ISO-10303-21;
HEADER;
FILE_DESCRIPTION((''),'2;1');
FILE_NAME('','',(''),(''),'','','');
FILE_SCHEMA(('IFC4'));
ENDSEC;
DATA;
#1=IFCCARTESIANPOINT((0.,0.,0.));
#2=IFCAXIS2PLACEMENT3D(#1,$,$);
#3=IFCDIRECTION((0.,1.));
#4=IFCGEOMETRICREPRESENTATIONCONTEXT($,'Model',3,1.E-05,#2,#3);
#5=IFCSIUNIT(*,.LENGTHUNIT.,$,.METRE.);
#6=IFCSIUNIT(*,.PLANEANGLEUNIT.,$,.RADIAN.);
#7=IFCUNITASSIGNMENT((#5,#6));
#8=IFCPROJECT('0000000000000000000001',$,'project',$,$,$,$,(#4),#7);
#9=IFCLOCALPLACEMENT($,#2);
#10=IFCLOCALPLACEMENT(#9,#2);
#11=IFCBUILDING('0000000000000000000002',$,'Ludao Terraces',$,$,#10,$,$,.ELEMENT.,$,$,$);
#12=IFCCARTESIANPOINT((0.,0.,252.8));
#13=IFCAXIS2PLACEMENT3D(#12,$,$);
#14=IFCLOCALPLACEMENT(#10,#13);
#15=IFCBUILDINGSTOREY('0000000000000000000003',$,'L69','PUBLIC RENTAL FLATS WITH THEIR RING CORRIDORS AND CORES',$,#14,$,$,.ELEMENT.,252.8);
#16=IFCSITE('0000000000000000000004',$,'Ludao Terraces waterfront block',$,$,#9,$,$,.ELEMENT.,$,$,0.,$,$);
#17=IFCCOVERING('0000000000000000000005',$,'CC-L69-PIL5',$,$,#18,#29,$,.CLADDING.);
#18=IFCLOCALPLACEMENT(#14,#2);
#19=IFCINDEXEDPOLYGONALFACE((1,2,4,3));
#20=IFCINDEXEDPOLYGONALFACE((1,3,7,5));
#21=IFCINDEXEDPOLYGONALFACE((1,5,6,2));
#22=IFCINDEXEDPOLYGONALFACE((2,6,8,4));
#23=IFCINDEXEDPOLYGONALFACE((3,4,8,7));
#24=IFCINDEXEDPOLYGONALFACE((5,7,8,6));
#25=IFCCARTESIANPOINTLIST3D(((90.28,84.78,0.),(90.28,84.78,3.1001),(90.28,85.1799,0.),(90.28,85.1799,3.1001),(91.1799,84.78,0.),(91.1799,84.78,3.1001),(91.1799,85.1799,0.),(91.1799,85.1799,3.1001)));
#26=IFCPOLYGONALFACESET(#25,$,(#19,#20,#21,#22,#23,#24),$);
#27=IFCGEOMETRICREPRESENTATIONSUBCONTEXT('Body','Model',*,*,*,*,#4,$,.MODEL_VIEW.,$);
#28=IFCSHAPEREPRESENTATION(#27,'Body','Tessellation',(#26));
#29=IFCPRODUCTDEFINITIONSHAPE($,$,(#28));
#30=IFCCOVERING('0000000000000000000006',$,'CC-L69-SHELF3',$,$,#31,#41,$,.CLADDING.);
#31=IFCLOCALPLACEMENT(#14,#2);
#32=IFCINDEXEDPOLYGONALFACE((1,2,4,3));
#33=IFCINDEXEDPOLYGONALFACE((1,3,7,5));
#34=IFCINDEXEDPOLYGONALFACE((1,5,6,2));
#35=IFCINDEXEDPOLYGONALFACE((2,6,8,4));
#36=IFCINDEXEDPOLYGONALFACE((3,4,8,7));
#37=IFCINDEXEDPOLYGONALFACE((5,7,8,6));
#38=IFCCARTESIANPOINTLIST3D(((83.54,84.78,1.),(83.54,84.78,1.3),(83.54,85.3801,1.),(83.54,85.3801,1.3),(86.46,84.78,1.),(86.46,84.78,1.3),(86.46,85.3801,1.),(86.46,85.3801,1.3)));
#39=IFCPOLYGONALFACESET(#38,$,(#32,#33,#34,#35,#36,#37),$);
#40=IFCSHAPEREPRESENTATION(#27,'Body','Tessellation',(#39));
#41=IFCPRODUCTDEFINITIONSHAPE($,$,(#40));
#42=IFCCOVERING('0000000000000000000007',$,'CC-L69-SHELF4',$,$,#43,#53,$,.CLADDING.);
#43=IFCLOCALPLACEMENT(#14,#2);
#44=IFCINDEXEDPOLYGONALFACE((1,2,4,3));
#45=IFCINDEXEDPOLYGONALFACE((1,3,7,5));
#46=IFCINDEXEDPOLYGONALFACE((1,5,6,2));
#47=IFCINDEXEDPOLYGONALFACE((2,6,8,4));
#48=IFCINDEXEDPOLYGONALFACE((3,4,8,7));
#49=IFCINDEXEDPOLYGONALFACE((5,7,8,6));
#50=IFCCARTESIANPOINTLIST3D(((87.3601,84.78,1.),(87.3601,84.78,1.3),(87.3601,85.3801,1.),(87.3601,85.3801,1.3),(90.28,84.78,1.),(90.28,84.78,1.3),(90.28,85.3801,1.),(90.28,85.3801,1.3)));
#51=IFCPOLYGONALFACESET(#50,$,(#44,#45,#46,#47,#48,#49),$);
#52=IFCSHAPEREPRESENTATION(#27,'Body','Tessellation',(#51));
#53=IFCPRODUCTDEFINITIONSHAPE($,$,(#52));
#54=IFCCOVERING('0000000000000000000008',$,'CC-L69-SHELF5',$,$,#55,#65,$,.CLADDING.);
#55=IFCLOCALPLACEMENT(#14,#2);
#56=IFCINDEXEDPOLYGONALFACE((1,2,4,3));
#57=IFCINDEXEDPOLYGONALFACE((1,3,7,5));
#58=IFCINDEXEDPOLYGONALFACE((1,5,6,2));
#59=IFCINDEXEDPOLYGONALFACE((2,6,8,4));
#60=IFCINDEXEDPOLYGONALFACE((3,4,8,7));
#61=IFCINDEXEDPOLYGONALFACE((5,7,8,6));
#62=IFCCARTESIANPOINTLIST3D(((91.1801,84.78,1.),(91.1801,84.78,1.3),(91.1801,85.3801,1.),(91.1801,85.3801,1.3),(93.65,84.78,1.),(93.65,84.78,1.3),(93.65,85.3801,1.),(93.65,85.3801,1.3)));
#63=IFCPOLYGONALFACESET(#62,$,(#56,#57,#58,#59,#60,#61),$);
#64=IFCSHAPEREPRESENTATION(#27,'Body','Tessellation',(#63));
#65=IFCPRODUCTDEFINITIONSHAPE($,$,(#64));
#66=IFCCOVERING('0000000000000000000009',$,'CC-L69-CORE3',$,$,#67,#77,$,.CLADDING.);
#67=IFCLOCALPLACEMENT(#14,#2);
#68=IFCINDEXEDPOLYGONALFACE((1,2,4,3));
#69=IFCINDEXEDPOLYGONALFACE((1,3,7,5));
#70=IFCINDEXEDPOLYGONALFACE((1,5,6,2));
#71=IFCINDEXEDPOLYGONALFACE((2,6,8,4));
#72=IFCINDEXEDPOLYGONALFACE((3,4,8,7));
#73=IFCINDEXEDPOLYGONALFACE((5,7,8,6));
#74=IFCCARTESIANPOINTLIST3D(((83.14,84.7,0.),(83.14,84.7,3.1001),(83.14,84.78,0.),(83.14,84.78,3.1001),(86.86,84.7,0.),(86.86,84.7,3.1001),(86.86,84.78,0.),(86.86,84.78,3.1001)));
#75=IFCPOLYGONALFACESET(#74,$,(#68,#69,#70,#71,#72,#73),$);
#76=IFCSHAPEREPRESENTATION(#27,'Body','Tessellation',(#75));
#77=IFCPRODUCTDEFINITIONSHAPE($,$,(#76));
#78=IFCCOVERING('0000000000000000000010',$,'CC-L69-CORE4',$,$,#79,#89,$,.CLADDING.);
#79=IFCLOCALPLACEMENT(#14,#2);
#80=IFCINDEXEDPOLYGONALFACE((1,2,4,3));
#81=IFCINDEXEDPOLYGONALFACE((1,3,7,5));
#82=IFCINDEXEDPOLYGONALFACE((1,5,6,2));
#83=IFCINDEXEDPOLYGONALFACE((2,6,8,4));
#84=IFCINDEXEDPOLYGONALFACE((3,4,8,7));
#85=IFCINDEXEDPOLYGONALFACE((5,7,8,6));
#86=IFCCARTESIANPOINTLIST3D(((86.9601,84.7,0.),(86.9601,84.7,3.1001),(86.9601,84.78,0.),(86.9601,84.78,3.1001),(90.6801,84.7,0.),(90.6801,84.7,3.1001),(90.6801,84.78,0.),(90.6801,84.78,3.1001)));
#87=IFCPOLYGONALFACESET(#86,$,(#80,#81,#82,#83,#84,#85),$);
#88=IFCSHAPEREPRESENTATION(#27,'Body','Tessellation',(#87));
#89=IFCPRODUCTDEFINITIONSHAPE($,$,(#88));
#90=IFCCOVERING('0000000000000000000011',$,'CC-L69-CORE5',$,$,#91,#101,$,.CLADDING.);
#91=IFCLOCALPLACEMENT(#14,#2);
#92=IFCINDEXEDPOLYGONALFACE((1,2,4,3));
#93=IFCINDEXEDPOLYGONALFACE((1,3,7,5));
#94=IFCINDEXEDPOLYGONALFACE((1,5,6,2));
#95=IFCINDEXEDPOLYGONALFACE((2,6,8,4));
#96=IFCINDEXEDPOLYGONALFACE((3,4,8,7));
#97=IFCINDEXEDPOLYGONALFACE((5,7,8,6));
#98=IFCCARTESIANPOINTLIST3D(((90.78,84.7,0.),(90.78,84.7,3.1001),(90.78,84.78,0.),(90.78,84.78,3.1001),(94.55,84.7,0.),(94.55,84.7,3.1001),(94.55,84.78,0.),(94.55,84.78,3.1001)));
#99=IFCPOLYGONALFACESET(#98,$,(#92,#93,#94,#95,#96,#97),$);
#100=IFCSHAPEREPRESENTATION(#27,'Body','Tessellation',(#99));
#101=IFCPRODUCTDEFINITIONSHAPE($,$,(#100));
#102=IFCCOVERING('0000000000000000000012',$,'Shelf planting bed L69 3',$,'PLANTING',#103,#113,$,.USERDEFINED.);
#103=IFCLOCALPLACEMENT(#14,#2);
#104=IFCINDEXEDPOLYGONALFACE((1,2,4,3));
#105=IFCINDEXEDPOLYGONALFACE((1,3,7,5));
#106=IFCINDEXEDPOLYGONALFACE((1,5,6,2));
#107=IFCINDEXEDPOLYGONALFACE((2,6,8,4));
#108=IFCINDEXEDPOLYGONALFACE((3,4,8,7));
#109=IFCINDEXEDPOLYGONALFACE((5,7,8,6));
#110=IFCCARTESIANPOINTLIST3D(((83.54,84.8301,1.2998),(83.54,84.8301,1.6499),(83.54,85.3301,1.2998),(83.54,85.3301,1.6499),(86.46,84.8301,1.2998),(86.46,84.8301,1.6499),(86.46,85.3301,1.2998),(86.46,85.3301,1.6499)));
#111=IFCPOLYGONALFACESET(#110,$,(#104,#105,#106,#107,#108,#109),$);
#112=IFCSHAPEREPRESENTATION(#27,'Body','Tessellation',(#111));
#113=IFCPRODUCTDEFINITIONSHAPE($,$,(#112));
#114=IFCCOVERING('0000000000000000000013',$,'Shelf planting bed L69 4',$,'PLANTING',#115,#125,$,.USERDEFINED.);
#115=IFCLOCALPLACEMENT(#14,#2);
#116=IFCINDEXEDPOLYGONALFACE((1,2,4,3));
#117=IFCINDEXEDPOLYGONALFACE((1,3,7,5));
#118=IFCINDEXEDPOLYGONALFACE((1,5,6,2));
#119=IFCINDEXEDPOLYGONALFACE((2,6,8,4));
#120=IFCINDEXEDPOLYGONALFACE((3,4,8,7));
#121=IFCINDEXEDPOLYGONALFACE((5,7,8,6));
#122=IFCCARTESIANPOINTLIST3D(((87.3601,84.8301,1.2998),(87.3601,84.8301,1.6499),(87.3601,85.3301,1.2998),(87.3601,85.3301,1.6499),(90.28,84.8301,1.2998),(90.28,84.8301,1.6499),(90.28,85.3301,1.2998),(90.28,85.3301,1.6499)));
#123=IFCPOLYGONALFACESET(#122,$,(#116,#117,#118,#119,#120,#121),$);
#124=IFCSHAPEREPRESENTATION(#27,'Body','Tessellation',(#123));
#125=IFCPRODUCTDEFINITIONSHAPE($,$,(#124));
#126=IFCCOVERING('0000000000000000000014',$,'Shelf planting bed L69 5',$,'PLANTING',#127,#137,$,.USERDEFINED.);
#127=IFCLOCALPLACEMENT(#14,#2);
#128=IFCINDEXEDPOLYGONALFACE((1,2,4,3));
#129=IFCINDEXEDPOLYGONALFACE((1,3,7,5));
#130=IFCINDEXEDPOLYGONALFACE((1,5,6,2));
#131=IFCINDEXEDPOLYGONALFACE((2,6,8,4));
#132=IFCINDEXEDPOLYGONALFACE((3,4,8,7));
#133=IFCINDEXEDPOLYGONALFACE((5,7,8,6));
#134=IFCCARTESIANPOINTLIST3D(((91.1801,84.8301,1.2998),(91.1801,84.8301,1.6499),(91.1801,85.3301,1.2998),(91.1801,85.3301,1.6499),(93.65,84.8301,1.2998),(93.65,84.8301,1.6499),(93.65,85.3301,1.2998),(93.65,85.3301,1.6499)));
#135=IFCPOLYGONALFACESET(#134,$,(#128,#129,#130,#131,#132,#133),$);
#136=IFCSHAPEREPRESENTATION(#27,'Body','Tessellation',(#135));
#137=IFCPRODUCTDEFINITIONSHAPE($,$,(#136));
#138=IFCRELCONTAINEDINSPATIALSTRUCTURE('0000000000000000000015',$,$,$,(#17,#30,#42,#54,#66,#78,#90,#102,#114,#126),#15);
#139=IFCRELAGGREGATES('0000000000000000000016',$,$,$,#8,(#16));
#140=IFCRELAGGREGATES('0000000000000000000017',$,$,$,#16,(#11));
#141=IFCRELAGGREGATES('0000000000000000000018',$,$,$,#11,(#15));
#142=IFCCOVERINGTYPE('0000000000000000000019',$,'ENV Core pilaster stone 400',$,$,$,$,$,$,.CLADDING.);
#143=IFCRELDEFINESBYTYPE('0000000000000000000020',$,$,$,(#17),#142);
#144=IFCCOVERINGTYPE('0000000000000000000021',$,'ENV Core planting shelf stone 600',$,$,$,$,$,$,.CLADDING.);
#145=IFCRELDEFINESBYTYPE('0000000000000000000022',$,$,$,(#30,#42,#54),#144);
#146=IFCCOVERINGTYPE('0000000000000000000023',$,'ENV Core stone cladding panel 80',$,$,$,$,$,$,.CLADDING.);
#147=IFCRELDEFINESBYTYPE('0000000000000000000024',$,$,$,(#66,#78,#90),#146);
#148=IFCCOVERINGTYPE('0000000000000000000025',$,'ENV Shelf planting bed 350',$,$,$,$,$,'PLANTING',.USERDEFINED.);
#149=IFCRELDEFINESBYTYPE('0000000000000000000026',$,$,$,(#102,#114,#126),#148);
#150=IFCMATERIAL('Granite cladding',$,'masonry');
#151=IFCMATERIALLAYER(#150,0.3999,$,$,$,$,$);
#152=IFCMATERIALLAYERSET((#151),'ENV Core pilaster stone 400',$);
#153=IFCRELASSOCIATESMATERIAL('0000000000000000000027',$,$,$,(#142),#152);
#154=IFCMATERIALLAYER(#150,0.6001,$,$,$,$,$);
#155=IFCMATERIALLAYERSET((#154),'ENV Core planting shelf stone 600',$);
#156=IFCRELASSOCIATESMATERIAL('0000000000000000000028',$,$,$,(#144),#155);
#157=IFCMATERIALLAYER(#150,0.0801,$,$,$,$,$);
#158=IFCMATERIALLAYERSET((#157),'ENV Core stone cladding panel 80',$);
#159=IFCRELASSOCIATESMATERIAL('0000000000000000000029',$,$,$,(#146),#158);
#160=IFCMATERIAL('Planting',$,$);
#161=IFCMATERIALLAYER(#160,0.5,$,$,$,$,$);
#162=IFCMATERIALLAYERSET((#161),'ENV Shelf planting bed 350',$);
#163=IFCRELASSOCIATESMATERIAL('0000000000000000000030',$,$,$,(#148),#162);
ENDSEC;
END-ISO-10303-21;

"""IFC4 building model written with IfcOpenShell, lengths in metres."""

from ifc_helpers import new_model, si_unit, direction, frame, origin, origin_2d, place, context, subcontext, project, spatial, rectangle, extrude, material, layer, layer_set, type_object, element, save


model = new_model("IFC4")

# Units and contexts
model_context = context("Model", 3, precision=1e-05, world=origin(), true_north=direction((0.0, 1.0)))
body_context = subcontext(model_context, "Body", "Model", "MODEL_VIEW")
ifc_project = project(units=[si_unit("LENGTHUNIT", "METRE"), si_unit("PLANEANGLEUNIT", "RADIAN")], contexts=[model_context])

# Site, building, storey
site_placement = place(None, origin())
site = spatial("IfcSite", under=ifc_project, at=site_placement, Name="Ludao Terraces waterfront block", CompositionType="ELEMENT", RefElevation=0.0)
building_placement = place(site_placement, origin())
building = spatial("IfcBuilding", under=site, at=building_placement, Name="Ludao Terraces", CompositionType="ELEMENT")
storey_placement = place(building_placement, frame((0.0, 0.0, 252.8)))
storey = spatial("IfcBuildingStorey", under=building, at=storey_placement, Name="L69", Description="PUBLIC RENTAL FLATS WITH THEIR RING CORRIDORS AND CORES", CompositionType="ELEMENT", Elevation=252.8)

# Coverings
ifc_material_1 = material(Name="Granite cladding", Category="masonry")
ifc_layer_1 = layer(ifc_material_1, 0.3999)
ifc_layer_set_1 = layer_set([ifc_layer_1], Name="ENV Core pilaster stone 400")
covering_type_1 = type_object("IfcCoveringType", Name="ENV Core pilaster stone 400", PredefinedType="CLADDING", material=ifc_layer_set_1)
for number, where, z_axis, x_axis, name in (
    (1, (90.73, 84.98, 0.0), (0.0, 0.0, 1.0), (1.0, 0.0, 0.0), "CC-L69-PIL5"),
):
    element("IfcCovering", number, at=place(storey_placement, frame(where, z_axis=z_axis, x_axis=x_axis)), inside=storey, type_object=covering_type_1, Name=name, PredefinedType="CLADDING", context=body_context, shape_type="SweptSolid", body=[
        extrude(rectangle(XDim=0.8999, YDim=0.3999, at=origin_2d()), origin(), (0.0, 0.0, 1.0), 3.1001),
    ])
ifc_layer_2 = layer(ifc_material_1, 0.6001)
ifc_layer_set_2 = layer_set([ifc_layer_2], Name="ENV Core planting shelf stone 600")
covering_type_2 = type_object("IfcCoveringType", Name="ENV Core planting shelf stone 600", PredefinedType="CLADDING", material=ifc_layer_set_2)
for number, where, z_axis, x_axis, name in (
    (2, (85.0, 85.0801, 1.0), (0.0, 0.0, 1.0), (1.0, 0.0, 0.0), "CC-L69-SHELF3"),
    (3, (88.8201, 85.0801, 1.0), (0.0, 0.0, 1.0), (1.0, 0.0, 0.0), "CC-L69-SHELF4"),
):
    element("IfcCovering", number, at=place(storey_placement, frame(where, z_axis=z_axis, x_axis=x_axis)), inside=storey, type_object=covering_type_2, Name=name, PredefinedType="CLADDING", context=body_context, shape_type="SweptSolid", body=[
        extrude(rectangle(XDim=2.9199, YDim=0.6001, at=origin_2d()), origin(), (0.0, 0.0, 1.0), 0.3),
    ])
covering_1_placement = place(storey_placement, frame((92.415, 85.0801, 1.0), z_axis=(0.0, 0.0, 1.0), x_axis=(1.0, 0.0, 0.0)))
element("IfcCovering", 4, at=covering_1_placement, inside=storey, type_object=covering_type_2, Name="CC-L69-SHELF5", PredefinedType="CLADDING", context=body_context, shape_type="SweptSolid", body=[
    extrude(rectangle(XDim=2.47, YDim=0.6001, at=origin_2d()), origin(), (0.0, 0.0, 1.0), 0.3),
])
ifc_layer_3 = layer(ifc_material_1, 0.0801)
ifc_layer_set_3 = layer_set([ifc_layer_3], Name="ENV Core stone cladding panel 80")
covering_type_3 = type_object("IfcCoveringType", Name="ENV Core stone cladding panel 80", PredefinedType="CLADDING", material=ifc_layer_set_3)
for number, where, z_axis, x_axis, name in (
    (5, (85.0, 84.74, 0.0), (0.0, 0.0, 1.0), (1.0, 0.0, 0.0), "CC-L69-CORE3"),
    (6, (88.8201, 84.74, 0.0), (0.0, 0.0, 1.0), (1.0, 0.0, 0.0), "CC-L69-CORE4"),
):
    element("IfcCovering", number, at=place(storey_placement, frame(where, z_axis=z_axis, x_axis=x_axis)), inside=storey, type_object=covering_type_3, Name=name, PredefinedType="CLADDING", context=body_context, shape_type="SweptSolid", body=[
        extrude(rectangle(XDim=3.72, YDim=0.0801, at=origin_2d()), origin(), (0.0, 0.0, 1.0), 3.1001),
    ])
covering_2_placement = place(storey_placement, frame((92.665, 84.74, 0.0), z_axis=(0.0, 0.0, 1.0), x_axis=(1.0, 0.0, 0.0)))
element("IfcCovering", 7, at=covering_2_placement, inside=storey, type_object=covering_type_3, Name="CC-L69-CORE5", PredefinedType="CLADDING", context=body_context, shape_type="SweptSolid", body=[
    extrude(rectangle(XDim=3.77, YDim=0.0801, at=origin_2d()), origin(), (0.0, 0.0, 1.0), 3.1001),
])
ifc_material_2 = material(Name="Planting")
ifc_layer_4 = layer(ifc_material_2, 0.5)
ifc_layer_set_4 = layer_set([ifc_layer_4], Name="ENV Shelf planting bed 350")
covering_type_4 = type_object("IfcCoveringType", Name="ENV Shelf planting bed 350", ElementType="PLANTING", PredefinedType="USERDEFINED", material=ifc_layer_set_4)
for number, where, z_axis, x_axis, name in (
    (8, (85.0, 85.0801, 1.2998), (0.0, 0.0, 1.0), (1.0, 0.0, 0.0), "Shelf planting bed L69 3"),
    (9, (88.8201, 85.0801, 1.2998), (0.0, 0.0, 1.0), (1.0, 0.0, 0.0), "Shelf planting bed L69 4"),
):
    element("IfcCovering", number, at=place(storey_placement, frame(where, z_axis=z_axis, x_axis=x_axis)), inside=storey, type_object=covering_type_4, Name=name, ObjectType="PLANTING", PredefinedType="USERDEFINED", context=body_context, shape_type="SweptSolid", body=[
        extrude(rectangle(XDim=2.9199, YDim=0.5, at=origin_2d()), origin(), (0.0, 0.0, 1.0), 0.3501),
    ])
covering_3_placement = place(storey_placement, frame((92.415, 85.0801, 1.2998), z_axis=(0.0, 0.0, 1.0), x_axis=(1.0, 0.0, 0.0)))
element("IfcCovering", 10, at=covering_3_placement, inside=storey, type_object=covering_type_4, Name="Shelf planting bed L69 5", ObjectType="PLANTING", PredefinedType="USERDEFINED", context=body_context, shape_type="SweptSolid", body=[
    extrude(rectangle(XDim=2.47, YDim=0.5, at=origin_2d()), origin(), (0.0, 0.0, 1.0), 0.3501),
])

save(model, "model.ifc")
